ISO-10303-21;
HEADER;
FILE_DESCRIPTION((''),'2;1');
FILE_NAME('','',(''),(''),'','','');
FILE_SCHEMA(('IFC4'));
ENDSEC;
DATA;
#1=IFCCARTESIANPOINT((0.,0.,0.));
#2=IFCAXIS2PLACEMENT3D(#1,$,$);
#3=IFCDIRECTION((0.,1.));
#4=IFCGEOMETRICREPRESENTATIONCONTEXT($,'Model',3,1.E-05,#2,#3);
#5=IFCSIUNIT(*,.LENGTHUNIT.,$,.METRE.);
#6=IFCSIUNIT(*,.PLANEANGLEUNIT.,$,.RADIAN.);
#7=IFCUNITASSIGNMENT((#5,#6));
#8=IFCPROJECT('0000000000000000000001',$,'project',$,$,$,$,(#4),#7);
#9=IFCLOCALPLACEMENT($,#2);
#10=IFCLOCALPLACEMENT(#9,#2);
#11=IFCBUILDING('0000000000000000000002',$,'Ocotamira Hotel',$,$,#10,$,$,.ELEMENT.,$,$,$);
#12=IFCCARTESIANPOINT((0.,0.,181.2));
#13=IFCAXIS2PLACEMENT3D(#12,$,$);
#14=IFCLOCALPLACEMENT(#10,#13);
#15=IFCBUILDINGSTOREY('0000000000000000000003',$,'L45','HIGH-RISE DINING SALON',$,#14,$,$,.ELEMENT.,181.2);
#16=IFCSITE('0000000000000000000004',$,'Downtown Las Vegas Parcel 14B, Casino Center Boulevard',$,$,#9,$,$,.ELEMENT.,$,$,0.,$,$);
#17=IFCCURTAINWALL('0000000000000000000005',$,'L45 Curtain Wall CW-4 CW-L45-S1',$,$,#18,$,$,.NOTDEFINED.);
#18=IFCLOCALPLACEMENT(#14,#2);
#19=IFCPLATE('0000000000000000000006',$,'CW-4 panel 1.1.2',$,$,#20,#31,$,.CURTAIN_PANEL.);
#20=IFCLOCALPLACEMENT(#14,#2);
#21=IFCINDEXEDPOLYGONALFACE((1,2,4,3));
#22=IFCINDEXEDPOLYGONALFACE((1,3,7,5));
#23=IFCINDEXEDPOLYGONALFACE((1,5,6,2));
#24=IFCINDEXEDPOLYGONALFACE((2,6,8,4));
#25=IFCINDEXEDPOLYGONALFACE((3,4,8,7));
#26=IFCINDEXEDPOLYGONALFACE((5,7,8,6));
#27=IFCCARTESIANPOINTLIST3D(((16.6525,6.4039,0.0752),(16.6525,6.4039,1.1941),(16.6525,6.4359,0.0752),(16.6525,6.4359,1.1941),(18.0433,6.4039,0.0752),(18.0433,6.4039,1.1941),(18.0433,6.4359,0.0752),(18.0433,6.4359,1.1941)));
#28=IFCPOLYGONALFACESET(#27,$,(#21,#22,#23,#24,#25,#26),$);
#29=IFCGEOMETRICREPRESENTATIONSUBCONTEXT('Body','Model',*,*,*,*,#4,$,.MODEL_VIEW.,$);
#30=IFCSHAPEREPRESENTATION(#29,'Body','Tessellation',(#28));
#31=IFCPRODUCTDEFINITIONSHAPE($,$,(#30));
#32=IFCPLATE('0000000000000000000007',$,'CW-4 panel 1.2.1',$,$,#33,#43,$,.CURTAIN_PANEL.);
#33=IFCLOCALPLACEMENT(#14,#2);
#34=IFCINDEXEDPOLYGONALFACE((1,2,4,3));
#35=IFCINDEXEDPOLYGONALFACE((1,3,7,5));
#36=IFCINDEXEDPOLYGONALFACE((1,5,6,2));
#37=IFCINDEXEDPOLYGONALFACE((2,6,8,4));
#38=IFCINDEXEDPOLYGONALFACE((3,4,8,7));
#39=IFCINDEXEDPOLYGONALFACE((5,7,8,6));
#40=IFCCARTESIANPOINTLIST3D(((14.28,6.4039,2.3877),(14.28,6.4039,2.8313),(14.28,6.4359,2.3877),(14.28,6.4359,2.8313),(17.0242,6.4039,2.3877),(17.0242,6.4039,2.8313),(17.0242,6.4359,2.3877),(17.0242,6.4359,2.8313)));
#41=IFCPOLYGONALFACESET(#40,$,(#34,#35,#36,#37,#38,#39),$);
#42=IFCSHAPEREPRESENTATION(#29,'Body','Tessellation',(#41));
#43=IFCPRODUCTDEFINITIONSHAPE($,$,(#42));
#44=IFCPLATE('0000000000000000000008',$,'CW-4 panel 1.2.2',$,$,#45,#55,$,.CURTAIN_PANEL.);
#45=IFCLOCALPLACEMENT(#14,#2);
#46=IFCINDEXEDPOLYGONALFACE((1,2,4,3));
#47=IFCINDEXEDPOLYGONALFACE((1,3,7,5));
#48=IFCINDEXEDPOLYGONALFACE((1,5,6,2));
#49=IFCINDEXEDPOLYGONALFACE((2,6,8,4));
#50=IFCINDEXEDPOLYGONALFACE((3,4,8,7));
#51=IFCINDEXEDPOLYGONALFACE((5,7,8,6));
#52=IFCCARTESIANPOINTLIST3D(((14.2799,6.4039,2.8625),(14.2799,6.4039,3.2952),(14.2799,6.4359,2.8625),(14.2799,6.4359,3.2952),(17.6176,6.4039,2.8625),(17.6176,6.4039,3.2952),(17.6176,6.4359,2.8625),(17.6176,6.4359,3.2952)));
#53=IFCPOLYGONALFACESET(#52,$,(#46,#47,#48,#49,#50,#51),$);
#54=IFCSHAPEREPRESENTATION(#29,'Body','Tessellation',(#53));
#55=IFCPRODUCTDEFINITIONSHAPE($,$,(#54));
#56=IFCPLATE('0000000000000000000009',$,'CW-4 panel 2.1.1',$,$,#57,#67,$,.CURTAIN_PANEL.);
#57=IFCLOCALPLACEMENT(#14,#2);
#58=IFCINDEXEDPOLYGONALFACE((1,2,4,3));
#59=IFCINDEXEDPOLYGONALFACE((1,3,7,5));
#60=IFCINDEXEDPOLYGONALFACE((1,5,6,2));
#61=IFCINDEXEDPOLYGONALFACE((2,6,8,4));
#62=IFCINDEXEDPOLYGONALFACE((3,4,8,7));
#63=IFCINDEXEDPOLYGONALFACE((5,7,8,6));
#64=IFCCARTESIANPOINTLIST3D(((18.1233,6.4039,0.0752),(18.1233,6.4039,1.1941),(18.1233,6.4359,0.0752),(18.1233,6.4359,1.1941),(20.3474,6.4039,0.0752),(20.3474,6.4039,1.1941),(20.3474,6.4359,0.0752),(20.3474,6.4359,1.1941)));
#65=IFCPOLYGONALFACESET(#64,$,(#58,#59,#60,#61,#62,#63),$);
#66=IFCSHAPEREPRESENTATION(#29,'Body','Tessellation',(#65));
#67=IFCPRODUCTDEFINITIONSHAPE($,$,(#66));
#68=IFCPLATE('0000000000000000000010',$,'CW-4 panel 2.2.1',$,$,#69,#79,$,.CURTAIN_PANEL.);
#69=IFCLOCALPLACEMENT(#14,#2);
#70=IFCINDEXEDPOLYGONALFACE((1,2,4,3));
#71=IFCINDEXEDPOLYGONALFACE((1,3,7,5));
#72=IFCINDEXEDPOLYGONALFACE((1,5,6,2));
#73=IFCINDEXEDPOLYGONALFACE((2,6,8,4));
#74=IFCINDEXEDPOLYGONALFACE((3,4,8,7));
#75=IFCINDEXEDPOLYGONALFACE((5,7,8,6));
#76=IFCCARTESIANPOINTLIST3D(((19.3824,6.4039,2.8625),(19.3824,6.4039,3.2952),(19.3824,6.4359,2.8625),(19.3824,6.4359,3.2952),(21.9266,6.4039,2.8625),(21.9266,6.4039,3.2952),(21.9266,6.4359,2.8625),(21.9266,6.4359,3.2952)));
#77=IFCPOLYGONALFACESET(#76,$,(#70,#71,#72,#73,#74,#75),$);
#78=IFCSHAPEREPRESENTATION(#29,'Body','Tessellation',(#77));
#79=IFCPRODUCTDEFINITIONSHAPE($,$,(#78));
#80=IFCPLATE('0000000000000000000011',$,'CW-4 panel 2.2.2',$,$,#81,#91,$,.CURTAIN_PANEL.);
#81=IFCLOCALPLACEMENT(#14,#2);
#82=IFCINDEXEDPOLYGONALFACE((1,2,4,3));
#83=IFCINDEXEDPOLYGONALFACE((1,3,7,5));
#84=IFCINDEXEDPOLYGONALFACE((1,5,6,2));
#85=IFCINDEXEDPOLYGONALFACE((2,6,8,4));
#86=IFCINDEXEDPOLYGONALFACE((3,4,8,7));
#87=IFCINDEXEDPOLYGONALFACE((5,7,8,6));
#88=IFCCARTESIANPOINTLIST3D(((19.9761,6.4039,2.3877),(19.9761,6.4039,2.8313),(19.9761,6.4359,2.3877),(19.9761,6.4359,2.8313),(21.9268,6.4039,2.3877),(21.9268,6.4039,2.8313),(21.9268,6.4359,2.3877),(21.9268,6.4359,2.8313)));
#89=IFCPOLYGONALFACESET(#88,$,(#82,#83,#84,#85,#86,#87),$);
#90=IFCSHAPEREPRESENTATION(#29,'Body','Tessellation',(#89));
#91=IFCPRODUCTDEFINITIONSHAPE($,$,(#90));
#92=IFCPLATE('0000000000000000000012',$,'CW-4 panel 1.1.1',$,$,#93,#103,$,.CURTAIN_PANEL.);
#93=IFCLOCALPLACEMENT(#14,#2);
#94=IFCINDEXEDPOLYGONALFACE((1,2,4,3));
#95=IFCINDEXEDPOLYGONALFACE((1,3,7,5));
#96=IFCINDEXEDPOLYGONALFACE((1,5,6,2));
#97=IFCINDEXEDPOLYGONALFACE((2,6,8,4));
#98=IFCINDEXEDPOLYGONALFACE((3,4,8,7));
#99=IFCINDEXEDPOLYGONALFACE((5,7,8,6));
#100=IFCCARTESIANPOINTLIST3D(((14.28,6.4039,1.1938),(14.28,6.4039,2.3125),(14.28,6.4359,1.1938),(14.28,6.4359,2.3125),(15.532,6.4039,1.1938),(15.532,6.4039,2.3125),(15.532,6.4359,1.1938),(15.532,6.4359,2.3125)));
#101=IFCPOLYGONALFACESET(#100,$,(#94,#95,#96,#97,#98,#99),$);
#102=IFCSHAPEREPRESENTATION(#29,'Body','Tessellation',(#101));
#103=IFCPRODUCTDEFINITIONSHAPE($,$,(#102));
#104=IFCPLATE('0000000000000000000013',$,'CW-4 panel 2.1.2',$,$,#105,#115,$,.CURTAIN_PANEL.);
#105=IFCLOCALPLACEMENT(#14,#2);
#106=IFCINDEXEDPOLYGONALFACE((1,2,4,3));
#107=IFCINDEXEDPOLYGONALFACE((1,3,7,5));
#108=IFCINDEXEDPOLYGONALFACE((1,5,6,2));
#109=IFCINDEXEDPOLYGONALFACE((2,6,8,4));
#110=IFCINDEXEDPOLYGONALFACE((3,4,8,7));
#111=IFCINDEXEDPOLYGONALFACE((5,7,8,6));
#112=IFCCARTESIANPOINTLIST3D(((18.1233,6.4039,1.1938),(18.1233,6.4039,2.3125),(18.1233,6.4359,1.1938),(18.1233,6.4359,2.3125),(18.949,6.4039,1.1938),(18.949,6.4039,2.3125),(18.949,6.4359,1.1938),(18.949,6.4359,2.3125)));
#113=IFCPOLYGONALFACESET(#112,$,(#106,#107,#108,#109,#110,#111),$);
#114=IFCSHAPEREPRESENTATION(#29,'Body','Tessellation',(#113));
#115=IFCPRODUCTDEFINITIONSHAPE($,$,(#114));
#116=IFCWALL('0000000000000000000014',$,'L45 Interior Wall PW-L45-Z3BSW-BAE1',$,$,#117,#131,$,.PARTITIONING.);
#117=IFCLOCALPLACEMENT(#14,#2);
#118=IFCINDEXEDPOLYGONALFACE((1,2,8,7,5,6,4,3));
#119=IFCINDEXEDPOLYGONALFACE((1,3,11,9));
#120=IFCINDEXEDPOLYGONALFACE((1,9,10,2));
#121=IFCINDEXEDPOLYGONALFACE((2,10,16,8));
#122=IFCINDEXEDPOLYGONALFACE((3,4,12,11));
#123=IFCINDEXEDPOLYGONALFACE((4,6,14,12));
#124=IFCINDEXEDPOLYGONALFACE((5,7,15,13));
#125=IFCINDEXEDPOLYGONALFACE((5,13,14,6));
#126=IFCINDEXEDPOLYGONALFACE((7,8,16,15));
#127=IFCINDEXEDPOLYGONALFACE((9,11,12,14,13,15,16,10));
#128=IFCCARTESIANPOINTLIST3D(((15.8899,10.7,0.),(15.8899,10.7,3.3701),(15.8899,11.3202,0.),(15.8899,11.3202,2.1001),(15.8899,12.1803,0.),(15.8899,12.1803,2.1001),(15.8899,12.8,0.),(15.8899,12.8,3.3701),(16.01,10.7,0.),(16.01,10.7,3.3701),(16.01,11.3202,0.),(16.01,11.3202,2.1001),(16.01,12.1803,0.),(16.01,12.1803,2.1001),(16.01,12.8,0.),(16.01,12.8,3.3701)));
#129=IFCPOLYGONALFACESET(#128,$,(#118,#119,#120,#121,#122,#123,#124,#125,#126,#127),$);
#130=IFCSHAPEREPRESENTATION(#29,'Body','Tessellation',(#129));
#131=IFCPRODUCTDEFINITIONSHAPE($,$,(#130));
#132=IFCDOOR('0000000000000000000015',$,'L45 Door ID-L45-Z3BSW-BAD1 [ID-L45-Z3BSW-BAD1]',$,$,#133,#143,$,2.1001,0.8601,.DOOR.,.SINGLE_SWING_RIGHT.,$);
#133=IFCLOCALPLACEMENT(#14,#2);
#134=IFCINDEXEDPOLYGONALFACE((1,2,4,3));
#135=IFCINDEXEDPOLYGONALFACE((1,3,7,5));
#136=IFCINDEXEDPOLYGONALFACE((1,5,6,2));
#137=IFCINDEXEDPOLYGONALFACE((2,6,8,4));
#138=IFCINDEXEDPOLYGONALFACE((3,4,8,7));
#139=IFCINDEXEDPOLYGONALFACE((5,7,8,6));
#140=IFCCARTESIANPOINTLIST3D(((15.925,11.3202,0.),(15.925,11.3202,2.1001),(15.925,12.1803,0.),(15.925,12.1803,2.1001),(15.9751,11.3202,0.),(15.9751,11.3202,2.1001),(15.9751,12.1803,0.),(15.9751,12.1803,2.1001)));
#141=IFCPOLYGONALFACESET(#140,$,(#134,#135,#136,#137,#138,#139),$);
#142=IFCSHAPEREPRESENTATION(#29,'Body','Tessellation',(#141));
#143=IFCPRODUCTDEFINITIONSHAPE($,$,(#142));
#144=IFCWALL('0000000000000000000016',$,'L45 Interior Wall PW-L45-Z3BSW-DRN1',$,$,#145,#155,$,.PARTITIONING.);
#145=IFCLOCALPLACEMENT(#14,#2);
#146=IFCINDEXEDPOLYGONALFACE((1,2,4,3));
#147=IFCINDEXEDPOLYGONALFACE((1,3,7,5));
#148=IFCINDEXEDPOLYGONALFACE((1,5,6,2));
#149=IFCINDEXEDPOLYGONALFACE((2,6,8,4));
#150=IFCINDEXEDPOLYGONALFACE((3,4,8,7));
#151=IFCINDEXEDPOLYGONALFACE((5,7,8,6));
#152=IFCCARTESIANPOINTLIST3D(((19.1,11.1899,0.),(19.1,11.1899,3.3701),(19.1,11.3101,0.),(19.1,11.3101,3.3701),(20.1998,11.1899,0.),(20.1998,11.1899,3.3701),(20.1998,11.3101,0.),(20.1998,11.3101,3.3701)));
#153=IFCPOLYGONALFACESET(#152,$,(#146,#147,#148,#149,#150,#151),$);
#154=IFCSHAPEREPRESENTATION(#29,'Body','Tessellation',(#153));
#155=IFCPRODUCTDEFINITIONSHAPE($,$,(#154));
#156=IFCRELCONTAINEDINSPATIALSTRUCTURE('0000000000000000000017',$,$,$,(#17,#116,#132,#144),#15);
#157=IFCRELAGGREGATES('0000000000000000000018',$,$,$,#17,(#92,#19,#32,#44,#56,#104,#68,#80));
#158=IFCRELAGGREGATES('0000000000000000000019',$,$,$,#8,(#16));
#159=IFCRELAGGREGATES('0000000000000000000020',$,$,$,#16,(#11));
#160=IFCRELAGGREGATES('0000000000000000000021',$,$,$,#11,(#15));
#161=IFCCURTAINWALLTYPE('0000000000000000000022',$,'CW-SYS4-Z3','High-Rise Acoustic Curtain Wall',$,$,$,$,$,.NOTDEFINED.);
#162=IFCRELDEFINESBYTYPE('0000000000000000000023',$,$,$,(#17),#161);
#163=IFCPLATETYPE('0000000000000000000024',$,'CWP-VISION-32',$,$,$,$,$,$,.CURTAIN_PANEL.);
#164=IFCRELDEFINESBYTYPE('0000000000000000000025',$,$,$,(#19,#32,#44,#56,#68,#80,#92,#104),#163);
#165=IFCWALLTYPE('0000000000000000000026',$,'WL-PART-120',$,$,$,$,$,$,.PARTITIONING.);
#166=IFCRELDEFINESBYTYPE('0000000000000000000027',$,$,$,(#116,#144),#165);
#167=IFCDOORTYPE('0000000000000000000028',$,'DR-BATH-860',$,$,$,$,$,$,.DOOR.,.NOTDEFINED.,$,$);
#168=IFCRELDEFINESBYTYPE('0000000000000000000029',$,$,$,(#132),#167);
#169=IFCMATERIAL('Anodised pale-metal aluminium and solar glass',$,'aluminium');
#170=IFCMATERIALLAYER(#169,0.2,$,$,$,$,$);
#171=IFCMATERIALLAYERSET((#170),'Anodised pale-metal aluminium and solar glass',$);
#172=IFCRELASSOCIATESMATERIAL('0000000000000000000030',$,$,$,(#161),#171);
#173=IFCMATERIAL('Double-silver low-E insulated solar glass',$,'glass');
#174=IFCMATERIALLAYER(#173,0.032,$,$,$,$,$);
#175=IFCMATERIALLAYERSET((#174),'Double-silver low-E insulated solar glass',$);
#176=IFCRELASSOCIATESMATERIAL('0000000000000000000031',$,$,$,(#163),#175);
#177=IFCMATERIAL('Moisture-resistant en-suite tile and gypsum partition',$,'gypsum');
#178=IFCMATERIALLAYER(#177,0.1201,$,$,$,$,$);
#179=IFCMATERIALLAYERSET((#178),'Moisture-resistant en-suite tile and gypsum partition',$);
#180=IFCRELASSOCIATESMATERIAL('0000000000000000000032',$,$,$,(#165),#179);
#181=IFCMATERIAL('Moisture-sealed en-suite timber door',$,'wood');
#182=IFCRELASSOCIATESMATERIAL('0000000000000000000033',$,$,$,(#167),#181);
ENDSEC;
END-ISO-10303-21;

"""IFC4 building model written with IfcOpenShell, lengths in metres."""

from ifc_helpers import new_model, si_unit, direction, frame, frame_2d, origin, origin_2d, place, context, subcontext, project, spatial, rectangle, extrude, source, transform, mapped, material, layer, layer_set, type_object, element, fill, aggregate, save


model = new_model("IFC4")

# Units and contexts
model_context = context("Model", 3, precision=1e-05, world=origin(), true_north=direction((0.0, 1.0)))
body_context = subcontext(model_context, "Body", "Model", "MODEL_VIEW")
ifc_project = project(units=[si_unit("LENGTHUNIT", "METRE"), si_unit("PLANEANGLEUNIT", "RADIAN")], contexts=[model_context])

# Site, building, storey
site_placement = place(None, origin())
site = spatial("IfcSite", under=ifc_project, at=site_placement, Name="Downtown Las Vegas Parcel 14B, Casino Center Boulevard", CompositionType="ELEMENT", RefElevation=0.0)
building_placement = place(site_placement, origin())
building = spatial("IfcBuilding", under=site, at=building_placement, Name="Ocotamira Hotel", CompositionType="ELEMENT")
storey_placement = place(building_placement, frame((0.0, 0.0, 181.2)))
storey = spatial("IfcBuildingStorey", under=building, at=storey_placement, Name="L45", Description="HIGH-RISE DINING SALON", CompositionType="ELEMENT", Elevation=181.2)

# Curtain wall
ifc_material_1 = material(Name="Anodised pale-metal aluminium and solar glass", Category="aluminium")
ifc_layer_1 = layer(ifc_material_1, 0.2)
ifc_layer_set_1 = layer_set([ifc_layer_1], Name="Anodised pale-metal aluminium and solar glass")
curtain_wall_type = type_object("IfcCurtainWallType", Name="CW-SYS4-Z3", Description="High-Rise Acoustic Curtain Wall", PredefinedType="NOTDEFINED", material=ifc_layer_set_1)
curtain_wall_placement = place(storey_placement, origin())
curtain_wall = element("IfcCurtainWall", 1, at=curtain_wall_placement, inside=storey, type_object=curtain_wall_type, Name="L45 Curtain Wall CW-4 CW-L45-S1", PredefinedType="NOTDEFINED")

# Plates
ifc_material_2 = material(Name="Double-silver low-E insulated solar glass", Category="glass")
ifc_layer_2 = layer(ifc_material_2, 0.032)
ifc_layer_set_2 = layer_set([ifc_layer_2], Name="Double-silver low-E insulated solar glass")
plate_type_1 = type_object("IfcPlateType", Name="CWP-VISION-32", PredefinedType="CURTAIN_PANEL", material=ifc_layer_set_2)
shared_shape_1 = source(origin(), body_context, "Body", "SweptSolid", [
    extrude(rectangle(XDim=1.3909, YDim=0.032, at=origin_2d()), origin(), (0.0, 0.0, 1.0), 1.1189),
])
plate_1_placement = place(storey_placement, frame((17.3479, 6.4199, 0.0752), z_axis=(0.0, 0.0, 1.0), x_axis=(1.0, 0.0, 0.0)))
plate_1 = element("IfcPlate", 2, at=plate_1_placement, type_object=plate_type_1, Name="CW-4 panel 1.1.2", PredefinedType="CURTAIN_PANEL", context=body_context, shape_type="MappedRepresentation", body=[
    mapped(shared_shape_1, transform((0.0, 0.0, 0.0), scale=1.0)),
])
shared_shape_2 = source(origin(), body_context, "Body", "SweptSolid", [
    extrude(rectangle(XDim=2.7441, YDim=0.032, at=origin_2d()), origin(), (0.0, 0.0, 1.0), 0.4436),
])
plate_2_placement = place(storey_placement, frame((15.6521, 6.4199, 2.3877), z_axis=(0.0, 0.0, 1.0), x_axis=(1.0, 0.0, 0.0)))
plate_2 = element("IfcPlate", 3, at=plate_2_placement, type_object=plate_type_1, Name="CW-4 panel 1.2.1", PredefinedType="CURTAIN_PANEL", context=body_context, shape_type="MappedRepresentation", body=[
    mapped(shared_shape_2, transform((0.0, 0.0, 0.0), scale=1.0)),
])
shared_shape_3 = source(origin(), body_context, "Body", "SweptSolid", [
    extrude(rectangle(XDim=3.3376, YDim=0.032, at=origin_2d()), origin(), (0.0, 0.0, 1.0), 0.4326),
])
plate_3_placement = place(storey_placement, frame((15.9487, 6.4199, 2.8625), z_axis=(0.0, 0.0, 1.0), x_axis=(1.0, 0.0, 0.0)))
plate_3 = element("IfcPlate", 4, at=plate_3_placement, type_object=plate_type_1, Name="CW-4 panel 1.2.2", PredefinedType="CURTAIN_PANEL", context=body_context, shape_type="MappedRepresentation", body=[
    mapped(shared_shape_3, transform((0.0, 0.0, 0.0), scale=1.0)),
])
shared_shape_4 = source(origin(), body_context, "Body", "SweptSolid", [
    extrude(rectangle(XDim=2.2241, YDim=0.032, at=origin_2d()), origin(), (0.0, 0.0, 1.0), 1.1189),
])
plate_4_placement = place(storey_placement, frame((19.2354, 6.4199, 0.0752), z_axis=(0.0, 0.0, 1.0), x_axis=(1.0, 0.0, 0.0)))
plate_4 = element("IfcPlate", 5, at=plate_4_placement, type_object=plate_type_1, Name="CW-4 panel 2.1.1", PredefinedType="CURTAIN_PANEL", context=body_context, shape_type="MappedRepresentation", body=[
    mapped(shared_shape_4, transform((0.0, 0.0, 0.0), scale=1.0)),
])
shared_shape_5 = source(origin(), body_context, "Body", "SweptSolid", [
    extrude(rectangle(XDim=2.5442, YDim=0.032, at=origin_2d()), origin(), (0.0, 0.0, 1.0), 0.4326),
])
plate_5_placement = place(storey_placement, frame((20.6545, 6.4199, 2.8625), z_axis=(0.0, 0.0, 1.0), x_axis=(1.0, 0.0, 0.0)))
plate_5 = element("IfcPlate", 6, at=plate_5_placement, type_object=plate_type_1, Name="CW-4 panel 2.2.1", PredefinedType="CURTAIN_PANEL", context=body_context, shape_type="MappedRepresentation", body=[
    mapped(shared_shape_5, transform((0.0, 0.0, 0.0), scale=1.0)),
])
shared_shape_6 = source(origin(), body_context, "Body", "SweptSolid", [
    extrude(rectangle(XDim=1.9507, YDim=0.032, at=origin_2d()), origin(), (0.0, 0.0, 1.0), 0.4436),
])
plate_6_placement = place(storey_placement, frame((20.9514, 6.4199, 2.3877), z_axis=(0.0, 0.0, 1.0), x_axis=(1.0, 0.0, 0.0)))
plate_6 = element("IfcPlate", 7, at=plate_6_placement, type_object=plate_type_1, Name="CW-4 panel 2.2.2", PredefinedType="CURTAIN_PANEL", context=body_context, shape_type="MappedRepresentation", body=[
    mapped(shared_shape_6, transform((0.0, 0.0, 0.0), scale=1.0)),
])
shared_shape_7 = source(origin(), body_context, "Body", "SweptSolid", [
    extrude(rectangle(XDim=1.252, YDim=0.032, at=origin_2d()), origin(), (0.0, 0.0, 1.0), 1.1187),
])
plate_7_placement = place(storey_placement, frame((14.906, 6.4199, 1.1938), z_axis=(0.0, 0.0, 1.0), x_axis=(1.0, 0.0, 0.0)))
plate_7 = element("IfcPlate", 8, at=plate_7_placement, type_object=plate_type_1, Name="CW-4 panel 1.1.1", PredefinedType="CURTAIN_PANEL", context=body_context, shape_type="MappedRepresentation", body=[
    mapped(shared_shape_7, transform((0.0, 0.0, 0.0), scale=1.0)),
])
shared_shape_8 = source(origin(), body_context, "Body", "SweptSolid", [
    extrude(rectangle(XDim=0.8257, YDim=0.032, at=origin_2d()), origin(), (0.0, 0.0, 1.0), 1.1187),
])
plate_8_placement = place(storey_placement, frame((18.5361, 6.4199, 1.1938), z_axis=(0.0, 0.0, 1.0), x_axis=(1.0, 0.0, 0.0)))
plate_8 = element("IfcPlate", 9, at=plate_8_placement, type_object=plate_type_1, Name="CW-4 panel 2.1.2", PredefinedType="CURTAIN_PANEL", context=body_context, shape_type="MappedRepresentation", body=[
    mapped(shared_shape_8, transform((0.0, 0.0, 0.0), scale=1.0)),
])
aggregate(curtain_wall, [plate_7, plate_1, plate_2, plate_3, plate_4, plate_8, plate_5, plate_6])

# Wall, opening, door
ifc_material_3 = material(Name="Moisture-resistant en-suite tile and gypsum partition", Category="gypsum")
ifc_layer_3 = layer(ifc_material_3, 0.1201)
ifc_layer_set_3 = layer_set([ifc_layer_3], Name="Moisture-resistant en-suite tile and gypsum partition")
wall_type_1 = type_object("IfcWallType", Name="WL-PART-120", PredefinedType="PARTITIONING", material=ifc_layer_set_3)
wall_1_placement = place(storey_placement, frame((15.95, 10.7, 0.0), z_axis=(0.0, 0.0, 1.0), x_axis=(0.0, 1.0, 0.0)))
wall_1 = element("IfcWall", 10, at=wall_1_placement, inside=storey, type_object=wall_type_1, Name="L45 Interior Wall PW-L45-Z3BSW-BAE1", PredefinedType="PARTITIONING", context=body_context, shape_type="SweptSolid", body=[
    extrude(rectangle(XDim=2.1001, YDim=0.1201, at=frame_2d((1.05, 0.0))), origin(), (0.0, 0.0, 1.0), 3.3701),
])
opening_1_placement = place(wall_1_placement, frame((0.6201, 0.0, 0.0)))
opening_1 = element("IfcOpeningElement", 11, at=opening_1_placement, cuts=wall_1, PredefinedType="OPENING", context=body_context, shape_type="SweptSolid", body=[
    extrude(rectangle(XDim=0.8601, YDim=2.1001, at=frame_2d((0.4302, 1.05))), frame((0.0, 0.0701, 0.0), z_axis=(0.0, -1.0, 0.0), x_axis=(1.0, 0.0, 0.0)), (0.0, 0.0, 1.0), 0.1401),
])
ifc_material_4 = material(Name="Moisture-sealed en-suite timber door", Category="wood")
door_type = type_object("IfcDoorType", Name="DR-BATH-860", OperationType="NOTDEFINED", PredefinedType="DOOR", material=ifc_material_4)
shared_shape_9 = source(origin(), body_context, "Body", "SweptSolid", [
    extrude(rectangle(XDim=0.8601, YDim=2.1001, at=frame_2d((0.4302, 1.05))), frame((0.0, 0.0249, 0.0), z_axis=(0.0, -1.0, 0.0), x_axis=(1.0, 0.0, 0.0)), (0.0, 0.0, 1.0), 0.05),
])
door_1_placement = place(opening_1_placement, origin())
door_1 = element("IfcDoor", 12, at=door_1_placement, inside=storey, type_object=door_type, Name="L45 Door ID-L45-Z3BSW-BAD1 [ID-L45-Z3BSW-BAD1]", OperationType="SINGLE_SWING_RIGHT", OverallHeight=2.1001, OverallWidth=0.8601, PredefinedType="DOOR", context=body_context, shape_type="MappedRepresentation", body=[
    mapped(shared_shape_9, transform((0.0, 0.0, 0.0), scale=1.0)),
])
fill(opening_1, door_1)

# Wall
wall_2_placement = place(storey_placement, frame((19.1001, 11.25, 0.0), z_axis=(0.0, 0.0, 1.0), x_axis=(1.0, 0.0, 0.0)))
element("IfcWall", 13, at=wall_2_placement, inside=storey, type_object=wall_type_1, Name="L45 Interior Wall PW-L45-Z3BSW-DRN1", PredefinedType="PARTITIONING", context=body_context, shape_type="SweptSolid", body=[
    extrude(rectangle(XDim=1.0999, YDim=0.1201, at=frame_2d((0.5498, 0.0))), origin(), (0.0, 0.0, 1.0), 3.3701),
])

save(model, "model.ifc")
